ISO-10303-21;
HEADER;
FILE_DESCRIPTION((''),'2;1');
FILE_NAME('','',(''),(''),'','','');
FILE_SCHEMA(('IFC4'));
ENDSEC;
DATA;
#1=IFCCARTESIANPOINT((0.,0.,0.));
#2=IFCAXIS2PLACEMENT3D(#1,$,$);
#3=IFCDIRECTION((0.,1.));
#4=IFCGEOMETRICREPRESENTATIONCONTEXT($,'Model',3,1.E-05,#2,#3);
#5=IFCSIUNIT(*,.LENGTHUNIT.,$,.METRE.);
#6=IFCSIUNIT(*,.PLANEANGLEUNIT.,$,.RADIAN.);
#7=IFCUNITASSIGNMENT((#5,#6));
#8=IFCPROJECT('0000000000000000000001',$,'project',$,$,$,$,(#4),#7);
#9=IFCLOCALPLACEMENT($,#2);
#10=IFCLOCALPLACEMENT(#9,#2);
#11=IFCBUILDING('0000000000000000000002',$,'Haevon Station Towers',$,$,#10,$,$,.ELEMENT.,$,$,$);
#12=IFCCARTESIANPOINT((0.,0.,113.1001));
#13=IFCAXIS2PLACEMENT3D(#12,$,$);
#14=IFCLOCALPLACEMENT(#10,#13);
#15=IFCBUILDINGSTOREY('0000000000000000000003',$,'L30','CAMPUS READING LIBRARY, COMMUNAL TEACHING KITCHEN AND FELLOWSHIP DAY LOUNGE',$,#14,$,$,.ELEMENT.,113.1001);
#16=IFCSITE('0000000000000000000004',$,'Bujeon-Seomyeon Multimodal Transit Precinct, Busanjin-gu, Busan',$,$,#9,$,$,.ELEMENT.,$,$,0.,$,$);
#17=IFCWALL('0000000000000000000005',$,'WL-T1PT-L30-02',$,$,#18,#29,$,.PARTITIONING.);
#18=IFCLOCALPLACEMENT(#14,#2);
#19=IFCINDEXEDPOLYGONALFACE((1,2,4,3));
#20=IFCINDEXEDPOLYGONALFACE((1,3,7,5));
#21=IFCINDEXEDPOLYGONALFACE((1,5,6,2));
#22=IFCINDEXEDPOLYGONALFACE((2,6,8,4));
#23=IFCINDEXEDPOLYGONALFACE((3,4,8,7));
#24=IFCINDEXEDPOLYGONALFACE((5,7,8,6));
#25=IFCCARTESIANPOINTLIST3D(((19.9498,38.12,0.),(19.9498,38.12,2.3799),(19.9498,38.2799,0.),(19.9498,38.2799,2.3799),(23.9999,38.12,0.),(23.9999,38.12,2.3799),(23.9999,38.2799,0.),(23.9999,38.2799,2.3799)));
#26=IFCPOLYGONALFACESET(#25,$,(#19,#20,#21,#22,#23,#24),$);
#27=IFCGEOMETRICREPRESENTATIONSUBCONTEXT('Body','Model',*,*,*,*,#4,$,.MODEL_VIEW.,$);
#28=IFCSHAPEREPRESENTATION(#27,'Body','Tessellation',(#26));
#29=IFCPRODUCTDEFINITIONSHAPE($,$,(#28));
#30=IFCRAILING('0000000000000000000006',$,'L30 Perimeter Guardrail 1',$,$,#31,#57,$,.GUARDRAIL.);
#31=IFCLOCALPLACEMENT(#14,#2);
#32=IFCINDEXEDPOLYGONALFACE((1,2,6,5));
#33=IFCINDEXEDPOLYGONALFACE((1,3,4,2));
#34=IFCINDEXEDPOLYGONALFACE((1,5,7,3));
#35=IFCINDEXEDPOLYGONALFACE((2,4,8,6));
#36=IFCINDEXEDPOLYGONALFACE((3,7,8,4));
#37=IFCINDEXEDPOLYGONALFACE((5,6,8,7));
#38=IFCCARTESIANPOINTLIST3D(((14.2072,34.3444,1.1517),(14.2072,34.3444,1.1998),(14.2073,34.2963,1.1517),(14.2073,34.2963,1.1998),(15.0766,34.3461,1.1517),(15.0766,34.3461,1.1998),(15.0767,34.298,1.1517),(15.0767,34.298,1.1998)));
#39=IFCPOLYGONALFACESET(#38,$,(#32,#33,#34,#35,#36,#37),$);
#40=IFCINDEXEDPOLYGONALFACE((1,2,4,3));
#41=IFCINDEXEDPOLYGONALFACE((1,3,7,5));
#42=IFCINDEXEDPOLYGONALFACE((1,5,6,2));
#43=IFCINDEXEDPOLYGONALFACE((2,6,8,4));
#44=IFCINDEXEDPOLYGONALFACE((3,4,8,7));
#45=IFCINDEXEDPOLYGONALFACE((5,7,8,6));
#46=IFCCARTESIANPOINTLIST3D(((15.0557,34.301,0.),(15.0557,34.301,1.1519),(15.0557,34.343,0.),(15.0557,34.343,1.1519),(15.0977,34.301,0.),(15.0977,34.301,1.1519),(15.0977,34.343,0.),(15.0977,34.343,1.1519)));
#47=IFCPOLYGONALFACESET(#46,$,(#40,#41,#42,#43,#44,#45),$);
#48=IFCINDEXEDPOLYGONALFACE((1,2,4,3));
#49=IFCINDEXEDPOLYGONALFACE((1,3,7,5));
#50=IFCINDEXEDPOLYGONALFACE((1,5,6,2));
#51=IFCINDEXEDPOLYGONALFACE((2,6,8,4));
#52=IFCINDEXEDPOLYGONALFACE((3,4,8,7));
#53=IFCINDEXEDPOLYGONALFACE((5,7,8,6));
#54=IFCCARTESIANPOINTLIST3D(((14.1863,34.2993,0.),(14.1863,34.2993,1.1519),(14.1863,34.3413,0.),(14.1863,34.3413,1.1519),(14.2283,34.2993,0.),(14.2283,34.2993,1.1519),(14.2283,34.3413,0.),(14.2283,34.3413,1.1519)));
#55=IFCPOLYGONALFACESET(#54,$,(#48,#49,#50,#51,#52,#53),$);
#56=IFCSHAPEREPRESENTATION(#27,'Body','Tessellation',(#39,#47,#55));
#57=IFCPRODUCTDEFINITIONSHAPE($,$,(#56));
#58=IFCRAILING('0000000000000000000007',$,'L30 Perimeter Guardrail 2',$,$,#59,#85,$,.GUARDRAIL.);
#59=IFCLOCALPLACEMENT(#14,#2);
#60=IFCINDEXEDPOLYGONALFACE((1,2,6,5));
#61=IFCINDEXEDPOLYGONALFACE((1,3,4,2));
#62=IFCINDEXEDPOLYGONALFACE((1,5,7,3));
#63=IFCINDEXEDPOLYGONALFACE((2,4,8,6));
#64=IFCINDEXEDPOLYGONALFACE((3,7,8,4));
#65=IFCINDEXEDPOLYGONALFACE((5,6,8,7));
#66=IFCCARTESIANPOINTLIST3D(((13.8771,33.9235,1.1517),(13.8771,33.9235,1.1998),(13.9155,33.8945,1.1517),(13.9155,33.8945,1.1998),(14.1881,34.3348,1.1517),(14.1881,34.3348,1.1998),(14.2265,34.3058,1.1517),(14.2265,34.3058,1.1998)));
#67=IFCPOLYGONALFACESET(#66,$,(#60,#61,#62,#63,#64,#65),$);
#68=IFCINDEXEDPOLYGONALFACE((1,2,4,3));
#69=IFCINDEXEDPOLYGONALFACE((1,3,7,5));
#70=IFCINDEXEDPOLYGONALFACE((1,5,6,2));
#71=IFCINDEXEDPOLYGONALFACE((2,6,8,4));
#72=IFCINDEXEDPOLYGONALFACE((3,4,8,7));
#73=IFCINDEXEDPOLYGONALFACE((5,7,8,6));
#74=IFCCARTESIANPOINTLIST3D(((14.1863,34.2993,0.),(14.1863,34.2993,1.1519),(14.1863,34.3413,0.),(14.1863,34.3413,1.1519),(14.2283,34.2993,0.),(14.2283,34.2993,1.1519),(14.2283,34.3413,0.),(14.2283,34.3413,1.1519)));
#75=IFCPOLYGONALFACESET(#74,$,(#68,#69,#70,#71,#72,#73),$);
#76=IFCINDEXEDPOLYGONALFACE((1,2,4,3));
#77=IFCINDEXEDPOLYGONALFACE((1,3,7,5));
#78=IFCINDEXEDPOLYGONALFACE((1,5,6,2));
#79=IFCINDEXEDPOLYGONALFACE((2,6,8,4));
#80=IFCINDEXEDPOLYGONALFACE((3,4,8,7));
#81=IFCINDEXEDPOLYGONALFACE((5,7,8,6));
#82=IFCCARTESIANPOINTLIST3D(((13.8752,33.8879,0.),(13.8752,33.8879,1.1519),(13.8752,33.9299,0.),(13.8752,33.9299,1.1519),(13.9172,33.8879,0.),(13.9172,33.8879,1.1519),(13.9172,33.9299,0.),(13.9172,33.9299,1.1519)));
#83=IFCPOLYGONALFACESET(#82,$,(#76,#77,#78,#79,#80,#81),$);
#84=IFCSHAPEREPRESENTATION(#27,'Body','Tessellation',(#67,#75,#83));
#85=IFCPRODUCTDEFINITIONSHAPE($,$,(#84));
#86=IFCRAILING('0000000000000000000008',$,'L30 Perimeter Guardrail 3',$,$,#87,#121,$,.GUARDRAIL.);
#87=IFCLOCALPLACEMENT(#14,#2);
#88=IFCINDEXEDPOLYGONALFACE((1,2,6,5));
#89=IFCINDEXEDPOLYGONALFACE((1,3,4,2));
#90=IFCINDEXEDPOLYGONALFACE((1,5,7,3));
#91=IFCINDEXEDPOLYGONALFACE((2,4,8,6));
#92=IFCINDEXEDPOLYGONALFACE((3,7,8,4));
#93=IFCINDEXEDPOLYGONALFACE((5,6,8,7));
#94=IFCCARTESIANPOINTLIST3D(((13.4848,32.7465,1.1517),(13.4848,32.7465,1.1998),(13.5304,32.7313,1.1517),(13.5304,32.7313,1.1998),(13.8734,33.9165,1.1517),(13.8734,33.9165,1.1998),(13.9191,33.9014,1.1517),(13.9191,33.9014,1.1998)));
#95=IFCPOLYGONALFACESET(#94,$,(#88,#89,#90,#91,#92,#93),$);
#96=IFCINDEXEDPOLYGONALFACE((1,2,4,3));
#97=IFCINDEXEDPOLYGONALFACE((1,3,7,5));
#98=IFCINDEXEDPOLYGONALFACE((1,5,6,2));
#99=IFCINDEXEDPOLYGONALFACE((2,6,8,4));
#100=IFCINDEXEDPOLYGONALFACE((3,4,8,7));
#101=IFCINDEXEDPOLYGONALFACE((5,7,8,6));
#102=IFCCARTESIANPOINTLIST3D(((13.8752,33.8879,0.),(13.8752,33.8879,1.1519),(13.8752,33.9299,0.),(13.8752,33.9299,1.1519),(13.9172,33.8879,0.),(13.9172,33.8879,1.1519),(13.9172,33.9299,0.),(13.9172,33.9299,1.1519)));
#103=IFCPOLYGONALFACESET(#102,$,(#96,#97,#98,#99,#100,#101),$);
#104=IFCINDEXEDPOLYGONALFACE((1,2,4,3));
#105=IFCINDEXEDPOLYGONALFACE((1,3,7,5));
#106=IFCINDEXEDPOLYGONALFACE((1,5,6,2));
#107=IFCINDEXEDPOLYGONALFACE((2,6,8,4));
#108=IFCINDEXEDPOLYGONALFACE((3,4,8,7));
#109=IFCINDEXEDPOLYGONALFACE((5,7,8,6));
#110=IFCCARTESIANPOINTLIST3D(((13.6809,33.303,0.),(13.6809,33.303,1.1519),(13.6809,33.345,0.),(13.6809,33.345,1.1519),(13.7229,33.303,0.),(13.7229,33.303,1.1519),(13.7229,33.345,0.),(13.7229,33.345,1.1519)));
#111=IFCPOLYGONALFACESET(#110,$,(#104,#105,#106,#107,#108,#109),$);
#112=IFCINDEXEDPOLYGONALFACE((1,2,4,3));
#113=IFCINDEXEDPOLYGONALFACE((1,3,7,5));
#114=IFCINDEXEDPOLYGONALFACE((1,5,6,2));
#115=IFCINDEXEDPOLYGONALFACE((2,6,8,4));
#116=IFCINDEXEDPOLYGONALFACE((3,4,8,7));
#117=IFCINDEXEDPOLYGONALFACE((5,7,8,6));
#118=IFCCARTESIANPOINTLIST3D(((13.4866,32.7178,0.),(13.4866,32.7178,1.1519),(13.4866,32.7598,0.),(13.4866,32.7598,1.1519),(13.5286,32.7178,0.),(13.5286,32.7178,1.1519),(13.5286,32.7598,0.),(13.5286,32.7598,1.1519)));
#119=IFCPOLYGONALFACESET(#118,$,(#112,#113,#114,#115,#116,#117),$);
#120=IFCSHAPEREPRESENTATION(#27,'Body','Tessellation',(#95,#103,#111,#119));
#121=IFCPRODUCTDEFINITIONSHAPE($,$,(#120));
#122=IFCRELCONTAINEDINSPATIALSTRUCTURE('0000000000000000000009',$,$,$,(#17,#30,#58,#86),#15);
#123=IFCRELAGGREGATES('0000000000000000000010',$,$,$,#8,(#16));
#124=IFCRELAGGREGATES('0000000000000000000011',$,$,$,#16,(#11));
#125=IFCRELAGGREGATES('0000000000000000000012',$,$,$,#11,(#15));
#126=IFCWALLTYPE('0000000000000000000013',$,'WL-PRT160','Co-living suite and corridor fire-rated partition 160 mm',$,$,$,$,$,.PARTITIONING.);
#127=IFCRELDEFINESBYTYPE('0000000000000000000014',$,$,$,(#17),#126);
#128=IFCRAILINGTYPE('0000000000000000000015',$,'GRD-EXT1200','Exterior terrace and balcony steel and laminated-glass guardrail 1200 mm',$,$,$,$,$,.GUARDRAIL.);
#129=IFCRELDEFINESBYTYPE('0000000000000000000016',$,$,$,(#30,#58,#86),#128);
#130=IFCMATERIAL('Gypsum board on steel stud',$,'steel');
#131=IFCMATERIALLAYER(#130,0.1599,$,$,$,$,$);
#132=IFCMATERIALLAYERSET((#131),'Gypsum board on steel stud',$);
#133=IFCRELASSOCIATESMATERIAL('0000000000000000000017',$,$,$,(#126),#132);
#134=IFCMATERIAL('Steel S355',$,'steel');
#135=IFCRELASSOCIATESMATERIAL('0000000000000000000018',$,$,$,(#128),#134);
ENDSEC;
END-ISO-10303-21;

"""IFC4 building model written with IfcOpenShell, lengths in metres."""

from ifc_helpers import new_model, si_unit, direction, frame, frame_2d, origin, origin_2d, place, context, subcontext, project, spatial, rectangle, extrude, material, layer, layer_set, type_object, element, save


model = new_model("IFC4")

# Units and contexts
model_context = context("Model", 3, precision=1e-05, world=origin(), true_north=direction((0.0, 1.0)))
body_context = subcontext(model_context, "Body", "Model", "MODEL_VIEW")
ifc_project = project(units=[si_unit("LENGTHUNIT", "METRE"), si_unit("PLANEANGLEUNIT", "RADIAN")], contexts=[model_context])

# Site, building, storey
site_placement = place(None, origin())
site = spatial("IfcSite", under=ifc_project, at=site_placement, Name="Bujeon-Seomyeon Multimodal Transit Precinct, Busanjin-gu, Busan", CompositionType="ELEMENT", RefElevation=0.0)
building_placement = place(site_placement, origin())
building = spatial("IfcBuilding", under=site, at=building_placement, Name="Haevon Station Towers", CompositionType="ELEMENT")
storey_placement = place(building_placement, frame((0.0, 0.0, 113.1001)))
storey = spatial("IfcBuildingStorey", under=building, at=storey_placement, Name="L30", Description="CAMPUS READING LIBRARY, COMMUNAL TEACHING KITCHEN AND FELLOWSHIP DAY LOUNGE", CompositionType="ELEMENT", Elevation=113.1001)

# Shared definitions
ifc_material_1 = material(Name="Steel S355", Category="steel")

# Wall
ifc_material_2 = material(Name="Gypsum board on steel stud", Category="steel")
ifc_layer_1 = layer(ifc_material_2, 0.1599)
ifc_layer_set_1 = layer_set([ifc_layer_1], Name="Gypsum board on steel stud")
wall_type_1 = type_object("IfcWallType", Name="WL-PRT160", Description="Co-living suite and corridor fire-rated partition 160 mm", PredefinedType="PARTITIONING", material=ifc_layer_set_1)
wall_1_placement = place(storey_placement, frame((19.95, 38.2, 0.0), z_axis=(0.0, 0.0, 1.0), x_axis=(1.0, 0.0, 0.0)))
element("IfcWall", 1, at=wall_1_placement, inside=storey, type_object=wall_type_1, Name="WL-T1PT-L30-02", PredefinedType="PARTITIONING", context=body_context, shape_type="SweptSolid", body=[
    extrude(rectangle(XDim=4.05, YDim=0.1599, at=frame_2d((2.0249, 0.0))), origin(), (0.0, 0.0, 1.0), 2.3799),
])

# Railings
railing_type = type_object("IfcRailingType", Name="GRD-EXT1200", Description="Exterior terrace and balcony steel and laminated-glass guardrail 1200 mm", PredefinedType="GUARDRAIL", material=ifc_material_1)
railing_1_placement = place(storey_placement, frame((15.0767, 34.322, 0.0)))
element("IfcRailing", 2, at=railing_1_placement, inside=storey, type_object=railing_type, Name="L30 Perimeter Guardrail 1", PredefinedType="GUARDRAIL", context=body_context, shape_type="SweptSolid", body=[
    extrude(rectangle(XDim=0.0481, YDim=0.0481, at=origin_2d()), frame((0.0, 0.0, 1.1758), z_axis=(-0.999998, -0.001966, 0.0), x_axis=(0.001966, -0.999998, 0.0)), (0.0, 0.0, 1.0), 0.8694),
    extrude(rectangle(XDim=0.042, YDim=0.042, at=origin_2d()), origin(), (0.0, 0.0, 1.0), 1.1519),
    extrude(rectangle(XDim=0.042, YDim=0.042, at=origin_2d()), frame((-0.8694, -0.0017, 0.0)), (0.0, 0.0, 1.0), 1.1519),
])
railing_2_placement = place(storey_placement, frame((14.2073, 34.3203, 0.0)))
element("IfcRailing", 3, at=railing_2_placement, inside=storey, type_object=railing_type, Name="L30 Perimeter Guardrail 2", PredefinedType="GUARDRAIL", context=body_context, shape_type="SweptSolid", body=[
    extrude(rectangle(XDim=0.0481, YDim=0.0481, at=origin_2d()), frame((0.0, 0.0, 1.1758), z_axis=(-0.603101, -0.797665, 0.0), x_axis=(0.797665, -0.603101, 0.0)), (0.0, 0.0, 1.0), 0.5156),
    extrude(rectangle(XDim=0.042, YDim=0.042, at=origin_2d()), origin(), (0.0, 0.0, 1.0), 1.1519),
    extrude(rectangle(XDim=0.042, YDim=0.042, at=origin_2d()), frame((-0.311, -0.4114, 0.0)), (0.0, 0.0, 1.0), 1.1519),
])
railing_3_placement = place(storey_placement, frame((13.8962, 33.9089, 0.0)))
element("IfcRailing", 4, at=railing_3_placement, inside=storey, type_object=railing_type, Name="L30 Perimeter Guardrail 3", PredefinedType="GUARDRAIL", context=body_context, shape_type="SweptSolid", body=[
    extrude(rectangle(XDim=0.0481, YDim=0.0481, at=origin_2d()), frame((0.0, 0.0, 1.1758), z_axis=(-0.315218, -0.949019, 0.0), x_axis=(0.949019, -0.315218, 0.0)), (0.0, 0.0, 1.0), 1.2329),
    extrude(rectangle(XDim=0.042, YDim=0.042, at=origin_2d()), origin(), (0.0, 0.0, 1.0), 1.1519),
    extrude(rectangle(XDim=0.042, YDim=0.042, at=origin_2d()), frame((-0.1943, -0.585, 0.0)), (0.0, 0.0, 1.0), 1.1519),
    extrude(rectangle(XDim=0.042, YDim=0.042, at=origin_2d()), frame((-0.3887, -1.1702, 0.0)), (0.0, 0.0, 1.0), 1.1519),
])

save(model, "model.ifc")
